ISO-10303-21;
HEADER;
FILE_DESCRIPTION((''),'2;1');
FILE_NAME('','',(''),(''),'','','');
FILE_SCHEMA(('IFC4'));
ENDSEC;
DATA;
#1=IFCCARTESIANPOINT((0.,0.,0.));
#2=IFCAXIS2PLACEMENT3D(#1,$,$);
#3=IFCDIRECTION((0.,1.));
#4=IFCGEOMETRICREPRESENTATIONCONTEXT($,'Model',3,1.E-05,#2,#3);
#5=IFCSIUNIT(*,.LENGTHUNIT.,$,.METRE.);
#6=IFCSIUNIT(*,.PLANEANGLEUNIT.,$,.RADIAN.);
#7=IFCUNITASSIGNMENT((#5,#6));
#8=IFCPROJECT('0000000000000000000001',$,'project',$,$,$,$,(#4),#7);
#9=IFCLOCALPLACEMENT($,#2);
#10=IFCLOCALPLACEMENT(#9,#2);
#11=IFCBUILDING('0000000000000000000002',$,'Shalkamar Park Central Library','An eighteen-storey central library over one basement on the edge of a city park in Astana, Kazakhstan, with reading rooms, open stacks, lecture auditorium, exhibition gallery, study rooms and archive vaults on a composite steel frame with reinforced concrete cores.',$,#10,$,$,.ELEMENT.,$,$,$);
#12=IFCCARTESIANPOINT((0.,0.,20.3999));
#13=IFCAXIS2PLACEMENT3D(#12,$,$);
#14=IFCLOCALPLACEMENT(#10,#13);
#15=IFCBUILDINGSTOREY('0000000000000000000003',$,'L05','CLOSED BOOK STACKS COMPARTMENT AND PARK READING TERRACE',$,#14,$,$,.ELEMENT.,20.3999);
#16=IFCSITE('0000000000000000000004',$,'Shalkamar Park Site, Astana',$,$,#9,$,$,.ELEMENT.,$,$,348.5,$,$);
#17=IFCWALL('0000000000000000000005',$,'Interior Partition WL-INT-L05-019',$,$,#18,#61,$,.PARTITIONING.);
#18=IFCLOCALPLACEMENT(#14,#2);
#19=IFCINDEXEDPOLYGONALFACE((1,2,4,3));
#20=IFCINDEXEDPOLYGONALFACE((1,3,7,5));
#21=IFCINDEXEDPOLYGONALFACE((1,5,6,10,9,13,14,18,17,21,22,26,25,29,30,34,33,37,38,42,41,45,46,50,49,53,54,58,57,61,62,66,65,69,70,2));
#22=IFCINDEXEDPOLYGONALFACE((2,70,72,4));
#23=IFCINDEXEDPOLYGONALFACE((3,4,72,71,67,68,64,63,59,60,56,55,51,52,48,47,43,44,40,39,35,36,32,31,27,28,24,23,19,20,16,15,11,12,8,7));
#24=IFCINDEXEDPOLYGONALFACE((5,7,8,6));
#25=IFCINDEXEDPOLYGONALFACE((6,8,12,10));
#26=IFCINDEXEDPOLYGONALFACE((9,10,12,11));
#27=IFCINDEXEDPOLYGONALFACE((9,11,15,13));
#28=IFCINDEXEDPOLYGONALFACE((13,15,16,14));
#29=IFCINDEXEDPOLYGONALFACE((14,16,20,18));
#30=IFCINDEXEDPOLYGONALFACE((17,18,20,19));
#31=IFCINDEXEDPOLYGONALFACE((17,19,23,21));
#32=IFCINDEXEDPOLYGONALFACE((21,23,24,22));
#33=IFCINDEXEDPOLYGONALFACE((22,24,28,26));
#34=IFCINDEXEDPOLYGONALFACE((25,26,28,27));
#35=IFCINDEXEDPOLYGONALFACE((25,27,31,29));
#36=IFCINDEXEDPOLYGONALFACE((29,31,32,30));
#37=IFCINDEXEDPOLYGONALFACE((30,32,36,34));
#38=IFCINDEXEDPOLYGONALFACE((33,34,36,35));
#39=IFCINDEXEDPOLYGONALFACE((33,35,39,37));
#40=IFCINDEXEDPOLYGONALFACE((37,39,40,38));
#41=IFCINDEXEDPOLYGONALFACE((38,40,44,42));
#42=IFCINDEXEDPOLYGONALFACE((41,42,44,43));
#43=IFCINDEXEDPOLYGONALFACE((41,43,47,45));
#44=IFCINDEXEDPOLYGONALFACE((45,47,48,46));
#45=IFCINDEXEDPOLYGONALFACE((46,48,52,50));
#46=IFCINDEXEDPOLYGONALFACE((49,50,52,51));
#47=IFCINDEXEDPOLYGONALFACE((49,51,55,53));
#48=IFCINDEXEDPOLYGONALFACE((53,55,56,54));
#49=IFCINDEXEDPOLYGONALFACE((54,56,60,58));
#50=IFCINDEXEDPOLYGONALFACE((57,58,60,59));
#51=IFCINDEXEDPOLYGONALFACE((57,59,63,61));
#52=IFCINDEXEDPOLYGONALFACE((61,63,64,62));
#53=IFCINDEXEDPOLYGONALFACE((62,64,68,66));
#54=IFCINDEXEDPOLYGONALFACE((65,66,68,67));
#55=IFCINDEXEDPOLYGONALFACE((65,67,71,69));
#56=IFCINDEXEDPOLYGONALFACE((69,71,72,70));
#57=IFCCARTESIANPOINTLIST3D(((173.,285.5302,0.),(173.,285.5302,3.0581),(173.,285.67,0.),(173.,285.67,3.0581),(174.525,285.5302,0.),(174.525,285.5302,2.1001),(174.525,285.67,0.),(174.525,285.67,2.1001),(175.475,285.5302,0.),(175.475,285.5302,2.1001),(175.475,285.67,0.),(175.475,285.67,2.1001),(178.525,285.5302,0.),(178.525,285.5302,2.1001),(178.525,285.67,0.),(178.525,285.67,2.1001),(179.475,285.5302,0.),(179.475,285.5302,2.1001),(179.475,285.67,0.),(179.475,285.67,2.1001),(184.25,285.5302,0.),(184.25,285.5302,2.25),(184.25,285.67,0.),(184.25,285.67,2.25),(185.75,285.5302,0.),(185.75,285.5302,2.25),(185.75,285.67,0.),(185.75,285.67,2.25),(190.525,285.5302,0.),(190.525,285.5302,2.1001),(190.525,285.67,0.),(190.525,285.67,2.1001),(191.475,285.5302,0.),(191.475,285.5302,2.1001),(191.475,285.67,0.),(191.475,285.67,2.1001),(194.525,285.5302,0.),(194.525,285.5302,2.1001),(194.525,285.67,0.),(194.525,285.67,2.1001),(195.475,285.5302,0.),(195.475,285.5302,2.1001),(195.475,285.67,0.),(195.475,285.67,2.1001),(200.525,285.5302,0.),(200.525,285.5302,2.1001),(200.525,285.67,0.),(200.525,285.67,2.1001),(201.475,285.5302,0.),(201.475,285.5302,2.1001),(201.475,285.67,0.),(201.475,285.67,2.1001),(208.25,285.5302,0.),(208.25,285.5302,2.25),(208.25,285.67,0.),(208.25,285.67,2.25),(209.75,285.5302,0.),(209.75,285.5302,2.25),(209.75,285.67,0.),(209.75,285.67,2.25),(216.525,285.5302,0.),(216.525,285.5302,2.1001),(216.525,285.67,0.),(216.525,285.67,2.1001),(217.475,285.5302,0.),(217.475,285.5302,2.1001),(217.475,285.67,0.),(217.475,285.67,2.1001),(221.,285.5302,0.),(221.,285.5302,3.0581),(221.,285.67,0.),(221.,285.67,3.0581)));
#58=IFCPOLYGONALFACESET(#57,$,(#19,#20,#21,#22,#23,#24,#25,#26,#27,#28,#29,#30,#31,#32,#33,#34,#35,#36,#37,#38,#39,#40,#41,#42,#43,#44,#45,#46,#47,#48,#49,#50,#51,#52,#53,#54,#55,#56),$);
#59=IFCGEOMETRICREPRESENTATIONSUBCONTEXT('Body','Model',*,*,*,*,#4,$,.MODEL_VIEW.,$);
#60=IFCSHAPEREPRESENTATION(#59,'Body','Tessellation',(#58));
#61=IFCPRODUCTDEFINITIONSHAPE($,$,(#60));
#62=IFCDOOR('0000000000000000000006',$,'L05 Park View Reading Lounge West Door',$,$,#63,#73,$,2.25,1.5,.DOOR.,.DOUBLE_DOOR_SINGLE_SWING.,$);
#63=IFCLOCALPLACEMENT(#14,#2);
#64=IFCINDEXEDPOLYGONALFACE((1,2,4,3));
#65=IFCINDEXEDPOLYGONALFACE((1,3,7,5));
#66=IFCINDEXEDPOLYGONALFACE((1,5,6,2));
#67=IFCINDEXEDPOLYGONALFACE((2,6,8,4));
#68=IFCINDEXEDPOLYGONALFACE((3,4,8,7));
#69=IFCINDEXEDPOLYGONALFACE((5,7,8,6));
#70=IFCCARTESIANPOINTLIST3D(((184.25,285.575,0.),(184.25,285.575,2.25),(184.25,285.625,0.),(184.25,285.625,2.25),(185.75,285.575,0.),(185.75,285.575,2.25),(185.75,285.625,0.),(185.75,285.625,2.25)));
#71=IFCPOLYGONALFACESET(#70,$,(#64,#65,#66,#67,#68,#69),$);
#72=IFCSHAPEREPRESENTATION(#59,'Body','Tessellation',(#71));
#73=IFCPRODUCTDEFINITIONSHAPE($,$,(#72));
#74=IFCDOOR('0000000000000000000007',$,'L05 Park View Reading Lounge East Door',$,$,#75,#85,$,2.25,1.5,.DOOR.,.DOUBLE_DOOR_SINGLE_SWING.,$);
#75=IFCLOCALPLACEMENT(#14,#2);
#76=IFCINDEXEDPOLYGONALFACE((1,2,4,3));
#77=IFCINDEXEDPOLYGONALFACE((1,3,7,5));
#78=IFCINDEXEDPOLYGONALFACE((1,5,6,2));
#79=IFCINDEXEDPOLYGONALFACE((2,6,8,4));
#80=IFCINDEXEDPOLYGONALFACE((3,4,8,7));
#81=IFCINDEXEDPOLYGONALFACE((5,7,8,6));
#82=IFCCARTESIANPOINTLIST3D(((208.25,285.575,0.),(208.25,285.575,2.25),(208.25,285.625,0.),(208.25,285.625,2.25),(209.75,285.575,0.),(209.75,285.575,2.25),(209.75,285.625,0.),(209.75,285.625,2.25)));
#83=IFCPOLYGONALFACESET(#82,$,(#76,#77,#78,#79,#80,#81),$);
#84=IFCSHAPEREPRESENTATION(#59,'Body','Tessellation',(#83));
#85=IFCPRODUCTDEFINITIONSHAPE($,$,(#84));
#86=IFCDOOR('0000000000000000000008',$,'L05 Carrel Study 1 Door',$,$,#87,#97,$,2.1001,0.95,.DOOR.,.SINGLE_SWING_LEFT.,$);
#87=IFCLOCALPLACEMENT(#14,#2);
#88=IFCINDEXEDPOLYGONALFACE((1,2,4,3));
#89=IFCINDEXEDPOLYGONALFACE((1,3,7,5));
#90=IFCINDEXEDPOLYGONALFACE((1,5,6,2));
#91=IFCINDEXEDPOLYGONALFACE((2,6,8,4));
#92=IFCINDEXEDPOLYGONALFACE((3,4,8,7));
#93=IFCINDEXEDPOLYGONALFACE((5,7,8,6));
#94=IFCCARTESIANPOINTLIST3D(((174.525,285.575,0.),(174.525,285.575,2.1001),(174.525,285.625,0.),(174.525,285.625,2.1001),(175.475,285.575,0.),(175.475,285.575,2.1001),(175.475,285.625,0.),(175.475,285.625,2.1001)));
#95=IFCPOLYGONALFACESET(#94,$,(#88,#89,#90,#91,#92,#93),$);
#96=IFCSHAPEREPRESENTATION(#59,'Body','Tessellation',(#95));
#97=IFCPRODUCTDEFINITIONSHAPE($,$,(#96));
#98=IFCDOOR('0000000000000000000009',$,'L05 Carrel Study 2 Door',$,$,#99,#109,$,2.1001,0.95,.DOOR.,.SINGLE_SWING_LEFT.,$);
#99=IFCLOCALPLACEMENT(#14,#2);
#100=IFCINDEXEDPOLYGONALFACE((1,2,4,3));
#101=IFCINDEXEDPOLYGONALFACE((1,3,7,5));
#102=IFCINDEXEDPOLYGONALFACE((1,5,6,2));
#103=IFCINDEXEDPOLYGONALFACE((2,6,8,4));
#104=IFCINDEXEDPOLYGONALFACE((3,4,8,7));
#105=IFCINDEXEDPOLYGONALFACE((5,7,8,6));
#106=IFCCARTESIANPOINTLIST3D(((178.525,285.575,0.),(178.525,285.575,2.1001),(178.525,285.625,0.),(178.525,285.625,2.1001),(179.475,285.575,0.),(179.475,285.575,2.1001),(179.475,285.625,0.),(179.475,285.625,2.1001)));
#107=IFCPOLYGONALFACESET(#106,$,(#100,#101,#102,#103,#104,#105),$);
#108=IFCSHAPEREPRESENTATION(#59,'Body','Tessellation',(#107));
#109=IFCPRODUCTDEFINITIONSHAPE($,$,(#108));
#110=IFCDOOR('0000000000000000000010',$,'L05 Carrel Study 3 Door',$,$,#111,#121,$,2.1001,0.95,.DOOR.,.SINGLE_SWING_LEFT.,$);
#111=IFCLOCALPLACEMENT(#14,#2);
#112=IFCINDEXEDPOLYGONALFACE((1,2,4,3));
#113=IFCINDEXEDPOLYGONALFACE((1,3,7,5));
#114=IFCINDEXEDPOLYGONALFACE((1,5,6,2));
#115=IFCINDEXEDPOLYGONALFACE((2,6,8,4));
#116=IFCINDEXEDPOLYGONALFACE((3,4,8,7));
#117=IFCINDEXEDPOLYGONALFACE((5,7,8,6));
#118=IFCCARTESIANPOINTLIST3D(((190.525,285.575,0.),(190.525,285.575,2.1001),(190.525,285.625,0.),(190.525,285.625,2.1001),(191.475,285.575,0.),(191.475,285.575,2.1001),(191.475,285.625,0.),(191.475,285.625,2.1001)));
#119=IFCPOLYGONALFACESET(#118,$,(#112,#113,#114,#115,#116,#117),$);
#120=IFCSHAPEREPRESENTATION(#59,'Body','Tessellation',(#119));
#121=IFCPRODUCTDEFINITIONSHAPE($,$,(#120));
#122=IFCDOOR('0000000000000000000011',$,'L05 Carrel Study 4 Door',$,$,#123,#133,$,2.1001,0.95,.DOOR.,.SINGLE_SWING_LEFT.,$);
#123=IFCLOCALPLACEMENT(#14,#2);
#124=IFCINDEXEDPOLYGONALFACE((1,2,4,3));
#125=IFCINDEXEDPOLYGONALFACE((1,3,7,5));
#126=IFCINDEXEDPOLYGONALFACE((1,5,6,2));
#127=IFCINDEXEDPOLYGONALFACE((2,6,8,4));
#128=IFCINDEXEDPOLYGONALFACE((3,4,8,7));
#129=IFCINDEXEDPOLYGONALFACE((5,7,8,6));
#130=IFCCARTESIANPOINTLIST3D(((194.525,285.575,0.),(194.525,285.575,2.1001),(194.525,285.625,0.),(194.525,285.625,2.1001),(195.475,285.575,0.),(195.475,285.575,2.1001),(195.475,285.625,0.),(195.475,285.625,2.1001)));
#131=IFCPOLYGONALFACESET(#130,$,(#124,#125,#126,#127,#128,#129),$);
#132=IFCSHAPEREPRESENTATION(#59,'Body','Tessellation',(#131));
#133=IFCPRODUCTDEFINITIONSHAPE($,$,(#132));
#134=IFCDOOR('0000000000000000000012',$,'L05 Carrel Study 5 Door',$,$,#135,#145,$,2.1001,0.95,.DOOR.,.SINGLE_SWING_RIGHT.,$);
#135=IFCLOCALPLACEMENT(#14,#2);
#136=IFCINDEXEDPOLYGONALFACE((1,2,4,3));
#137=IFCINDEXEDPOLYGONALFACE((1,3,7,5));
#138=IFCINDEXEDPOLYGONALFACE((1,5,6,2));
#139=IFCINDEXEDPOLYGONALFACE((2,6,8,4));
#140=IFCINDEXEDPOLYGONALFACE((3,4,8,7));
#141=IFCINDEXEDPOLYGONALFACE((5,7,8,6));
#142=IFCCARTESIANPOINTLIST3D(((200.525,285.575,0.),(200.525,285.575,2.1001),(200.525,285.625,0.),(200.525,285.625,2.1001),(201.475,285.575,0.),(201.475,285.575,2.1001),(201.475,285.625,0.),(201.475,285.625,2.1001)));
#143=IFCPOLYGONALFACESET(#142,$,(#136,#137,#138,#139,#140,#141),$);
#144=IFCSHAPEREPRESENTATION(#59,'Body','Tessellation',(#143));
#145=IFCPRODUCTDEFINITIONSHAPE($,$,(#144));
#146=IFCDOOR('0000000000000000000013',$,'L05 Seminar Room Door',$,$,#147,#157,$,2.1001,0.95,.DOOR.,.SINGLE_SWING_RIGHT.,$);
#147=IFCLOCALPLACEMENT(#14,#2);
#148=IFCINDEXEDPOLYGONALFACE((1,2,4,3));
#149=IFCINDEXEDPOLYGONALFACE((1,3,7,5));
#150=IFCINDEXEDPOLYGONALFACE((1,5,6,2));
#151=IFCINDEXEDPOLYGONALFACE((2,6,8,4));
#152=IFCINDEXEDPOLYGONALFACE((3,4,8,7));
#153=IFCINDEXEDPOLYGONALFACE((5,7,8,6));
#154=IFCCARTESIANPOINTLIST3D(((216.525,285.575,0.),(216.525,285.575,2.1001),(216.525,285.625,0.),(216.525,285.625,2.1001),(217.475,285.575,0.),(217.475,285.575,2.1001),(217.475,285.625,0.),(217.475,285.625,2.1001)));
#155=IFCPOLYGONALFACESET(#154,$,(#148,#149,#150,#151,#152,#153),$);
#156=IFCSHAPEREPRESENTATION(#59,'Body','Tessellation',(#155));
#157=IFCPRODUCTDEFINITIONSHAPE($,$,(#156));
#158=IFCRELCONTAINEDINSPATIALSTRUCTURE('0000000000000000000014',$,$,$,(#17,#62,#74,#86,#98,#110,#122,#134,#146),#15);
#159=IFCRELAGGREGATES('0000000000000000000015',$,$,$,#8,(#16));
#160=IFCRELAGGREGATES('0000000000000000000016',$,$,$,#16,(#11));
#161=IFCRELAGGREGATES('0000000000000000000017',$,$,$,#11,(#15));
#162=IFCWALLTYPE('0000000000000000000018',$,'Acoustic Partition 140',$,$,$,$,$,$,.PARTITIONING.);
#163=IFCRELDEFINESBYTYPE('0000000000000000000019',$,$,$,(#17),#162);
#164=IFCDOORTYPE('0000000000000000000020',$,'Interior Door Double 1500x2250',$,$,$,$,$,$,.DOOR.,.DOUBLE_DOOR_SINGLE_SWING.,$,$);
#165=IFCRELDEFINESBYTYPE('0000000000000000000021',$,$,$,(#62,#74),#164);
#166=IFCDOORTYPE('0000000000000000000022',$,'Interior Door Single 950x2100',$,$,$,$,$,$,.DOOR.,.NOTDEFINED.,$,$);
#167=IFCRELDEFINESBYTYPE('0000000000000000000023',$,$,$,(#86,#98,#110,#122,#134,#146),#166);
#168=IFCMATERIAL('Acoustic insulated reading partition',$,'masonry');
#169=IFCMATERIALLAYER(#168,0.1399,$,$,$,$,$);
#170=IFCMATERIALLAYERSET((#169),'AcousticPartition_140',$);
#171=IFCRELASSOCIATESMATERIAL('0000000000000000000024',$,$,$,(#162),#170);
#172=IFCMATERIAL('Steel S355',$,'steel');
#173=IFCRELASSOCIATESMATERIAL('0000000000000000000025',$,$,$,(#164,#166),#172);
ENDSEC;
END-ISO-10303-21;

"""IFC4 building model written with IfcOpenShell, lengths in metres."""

from ifc_helpers import new_model, si_unit, direction, frame, frame_2d, origin, place, context, subcontext, project, spatial, rectangle, extrude, material, layer, layer_set, type_object, element, fill, save


model = new_model("IFC4")

# Units and contexts
model_context = context("Model", 3, precision=1e-05, world=origin(), true_north=direction((0.0, 1.0)))
body_context = subcontext(model_context, "Body", "Model", "MODEL_VIEW")
ifc_project = project(units=[si_unit("LENGTHUNIT", "METRE"), si_unit("PLANEANGLEUNIT", "RADIAN")], contexts=[model_context])

# Site, building, storey
site_placement = place(None, origin())
site = spatial("IfcSite", under=ifc_project, at=site_placement, Name="Shalkamar Park Site, Astana", CompositionType="ELEMENT", RefElevation=348.5)
building_placement = place(site_placement, origin())
building = spatial("IfcBuilding", under=site, at=building_placement, Name="Shalkamar Park Central Library", Description="An eighteen-storey central library over one basement on the edge of a city park in Astana, Kazakhstan, with reading rooms, open stacks, lecture auditorium, exhibition gallery, study rooms and archive vaults on a composite steel frame with reinforced concrete cores.", CompositionType="ELEMENT")
storey_placement = place(building_placement, frame((0.0, 0.0, 20.3999)))
storey = spatial("IfcBuildingStorey", under=building, at=storey_placement, Name="L05", Description="CLOSED BOOK STACKS COMPARTMENT AND PARK READING TERRACE", CompositionType="ELEMENT", Elevation=20.3999)

# Shared definitions
ifc_material_1 = material(Name="Steel S355", Category="steel")

# Wall, openings, doors
ifc_material_2 = material(Name="Acoustic insulated reading partition", Category="masonry")
ifc_layer_1 = layer(ifc_material_2, 0.1399)
ifc_layer_set_1 = layer_set([ifc_layer_1], Name="AcousticPartition_140")
wall_type_1 = type_object("IfcWallType", Name="Acoustic Partition 140", PredefinedType="PARTITIONING", material=ifc_layer_set_1)
wall_1_placement = place(storey_placement, frame((173.0, 285.6001, 0.0), z_axis=(0.0, 0.0, 1.0), x_axis=(1.0, 0.0, 0.0)))
wall_1 = element("IfcWall", 1, at=wall_1_placement, inside=storey, type_object=wall_type_1, Name="Interior Partition WL-INT-L05-019", PredefinedType="PARTITIONING", context=body_context, shape_type="SweptSolid", body=[
    extrude(rectangle(XDim=48.0, YDim=0.1399, at=frame_2d((24.0, 0.0))), origin(), (0.0, 0.0, 1.0), 3.0581),
])
opening_1_placement = place(wall_1_placement, frame((1.5249, 0.0, 0.0)))
opening_1 = element("IfcOpeningElement", 2, at=opening_1_placement, cuts=wall_1, PredefinedType="OPENING", context=body_context, shape_type="SweptSolid", body=[
    extrude(rectangle(XDim=0.95, YDim=2.1001, at=frame_2d((0.4751, 1.05))), frame((0.0, 0.085, 0.0), z_axis=(0.0, -1.0, 0.0), x_axis=(1.0, 0.0, 0.0)), (0.0, 0.0, 1.0), 0.1697),
])
opening_2_placement = place(wall_1_placement, frame((5.5249, 0.0, 0.0)))
opening_2 = element("IfcOpeningElement", 3, at=opening_2_placement, cuts=wall_1, PredefinedType="OPENING", context=body_context, shape_type="SweptSolid", body=[
    extrude(rectangle(XDim=0.95, YDim=2.1001, at=frame_2d((0.4751, 1.05))), frame((0.0, 0.085, 0.0), z_axis=(0.0, -1.0, 0.0), x_axis=(1.0, 0.0, 0.0)), (0.0, 0.0, 1.0), 0.1697),
])
opening_3_placement = place(wall_1_placement, frame((11.25, 0.0, 0.0)))
opening_3 = element("IfcOpeningElement", 4, at=opening_3_placement, cuts=wall_1, PredefinedType="OPENING", context=body_context, shape_type="SweptSolid", body=[
    extrude(rectangle(XDim=1.5, YDim=2.25, at=frame_2d((0.75, 1.125))), frame((0.0, 0.085, 0.0), z_axis=(0.0, -1.0, 0.0), x_axis=(1.0, 0.0, 0.0)), (0.0, 0.0, 1.0), 0.1697),
])
opening_4_placement = place(wall_1_placement, frame((17.5249, 0.0, 0.0)))
opening_4 = element("IfcOpeningElement", 5, at=opening_4_placement, cuts=wall_1, PredefinedType="OPENING", context=body_context, shape_type="SweptSolid", body=[
    extrude(rectangle(XDim=0.95, YDim=2.1001, at=frame_2d((0.4751, 1.05))), frame((0.0, 0.085, 0.0), z_axis=(0.0, -1.0, 0.0), x_axis=(1.0, 0.0, 0.0)), (0.0, 0.0, 1.0), 0.1697),
])
opening_5_placement = place(wall_1_placement, frame((21.5249, 0.0, 0.0)))
opening_5 = element("IfcOpeningElement", 6, at=opening_5_placement, cuts=wall_1, PredefinedType="OPENING", context=body_context, shape_type="SweptSolid", body=[
    extrude(rectangle(XDim=0.95, YDim=2.1001, at=frame_2d((0.4751, 1.05))), frame((0.0, 0.085, 0.0), z_axis=(0.0, -1.0, 0.0), x_axis=(1.0, 0.0, 0.0)), (0.0, 0.0, 1.0), 0.1697),
])
opening_6_placement = place(wall_1_placement, frame((27.5249, 0.0, 0.0)))
opening_6 = element("IfcOpeningElement", 7, at=opening_6_placement, cuts=wall_1, PredefinedType="OPENING", context=body_context, shape_type="SweptSolid", body=[
    extrude(rectangle(XDim=0.95, YDim=2.1001, at=frame_2d((0.4751, 1.05))), frame((0.0, 0.085, 0.0), z_axis=(0.0, -1.0, 0.0), x_axis=(1.0, 0.0, 0.0)), (0.0, 0.0, 1.0), 0.1697),
])
opening_7_placement = place(wall_1_placement, frame((35.25, 0.0, 0.0)))
opening_7 = element("IfcOpeningElement", 8, at=opening_7_placement, cuts=wall_1, PredefinedType="OPENING", context=body_context, shape_type="SweptSolid", body=[
    extrude(rectangle(XDim=1.5, YDim=2.25, at=frame_2d((0.75, 1.125))), frame((0.0, 0.085, 0.0), z_axis=(0.0, -1.0, 0.0), x_axis=(1.0, 0.0, 0.0)), (0.0, 0.0, 1.0), 0.1697),
])
opening_8_placement = place(wall_1_placement, frame((43.5249, 0.0, 0.0)))
opening_8 = element("IfcOpeningElement", 9, at=opening_8_placement, cuts=wall_1, PredefinedType="OPENING", context=body_context, shape_type="SweptSolid", body=[
    extrude(rectangle(XDim=0.95, YDim=2.1001, at=frame_2d((0.4751, 1.05))), frame((0.0, 0.085, 0.0), z_axis=(0.0, -1.0, 0.0), x_axis=(1.0, 0.0, 0.0)), (0.0, 0.0, 1.0), 0.1697),
])
door_type_1 = type_object("IfcDoorType", Name="Interior Door Double 1500x2250", OperationType="DOUBLE_DOOR_SINGLE_SWING", PredefinedType="DOOR", material=ifc_material_1)
door_1_placement = place(opening_3_placement, origin())
door_1 = element("IfcDoor", 10, at=door_1_placement, inside=storey, type_object=door_type_1, Name="L05 Park View Reading Lounge West Door", OperationType="DOUBLE_DOOR_SINGLE_SWING", OverallHeight=2.25, OverallWidth=1.5, PredefinedType="DOOR", context=body_context, shape_type="SweptSolid", body=[
    extrude(rectangle(XDim=1.5, YDim=2.25, at=frame_2d((0.75, 1.125))), frame((0.0, 0.0249, 0.0), z_axis=(0.0, -1.0, 0.0), x_axis=(1.0, 0.0, 0.0)), (0.0, 0.0, 1.0), 0.05),
])
fill(opening_3, door_1)
door_2_placement = place(opening_7_placement, origin())
door_2 = element("IfcDoor", 11, at=door_2_placement, inside=storey, type_object=door_type_1, Name="L05 Park View Reading Lounge East Door", OperationType="DOUBLE_DOOR_SINGLE_SWING", OverallHeight=2.25, OverallWidth=1.5, PredefinedType="DOOR", context=body_context, shape_type="SweptSolid", body=[
    extrude(rectangle(XDim=1.5, YDim=2.25, at=frame_2d((0.75, 1.125))), frame((0.0, 0.0249, 0.0), z_axis=(0.0, -1.0, 0.0), x_axis=(1.0, 0.0, 0.0)), (0.0, 0.0, 1.0), 0.05),
])
fill(opening_7, door_2)
door_type_2 = type_object("IfcDoorType", Name="Interior Door Single 950x2100", OperationType="NOTDEFINED", PredefinedType="DOOR", material=ifc_material_1)
door_3_placement = place(opening_1_placement, origin())
door_3 = element("IfcDoor", 12, at=door_3_placement, inside=storey, type_object=door_type_2, Name="L05 Carrel Study 1 Door", OperationType="SINGLE_SWING_LEFT", OverallHeight=2.1001, OverallWidth=0.95, PredefinedType="DOOR", context=body_context, shape_type="SweptSolid", body=[
    extrude(rectangle(XDim=0.95, YDim=2.1001, at=frame_2d((0.4751, 1.05))), frame((0.0, 0.0249, 0.0), z_axis=(0.0, -1.0, 0.0), x_axis=(1.0, 0.0, 0.0)), (0.0, 0.0, 1.0), 0.05),
])
fill(opening_1, door_3)
door_4_placement = place(opening_2_placement, origin())
door_4 = element("IfcDoor", 13, at=door_4_placement, inside=storey, type_object=door_type_2, Name="L05 Carrel Study 2 Door", OperationType="SINGLE_SWING_LEFT", OverallHeight=2.1001, OverallWidth=0.95, PredefinedType="DOOR", context=body_context, shape_type="SweptSolid", body=[
    extrude(rectangle(XDim=0.95, YDim=2.1001, at=frame_2d((0.4751, 1.05))), frame((0.0, 0.0249, 0.0), z_axis=(0.0, -1.0, 0.0), x_axis=(1.0, 0.0, 0.0)), (0.0, 0.0, 1.0), 0.05),
])
fill(opening_2, door_4)
door_5_placement = place(opening_4_placement, origin())
door_5 = element("IfcDoor", 14, at=door_5_placement, inside=storey, type_object=door_type_2, Name="L05 Carrel Study 3 Door", OperationType="SINGLE_SWING_LEFT", OverallHeight=2.1001, OverallWidth=0.95, PredefinedType="DOOR", context=body_context, shape_type="SweptSolid", body=[
    extrude(rectangle(XDim=0.95, YDim=2.1001, at=frame_2d((0.4751, 1.05))), frame((0.0, 0.0249, 0.0), z_axis=(0.0, -1.0, 0.0), x_axis=(1.0, 0.0, 0.0)), (0.0, 0.0, 1.0), 0.05),
])
fill(opening_4, door_5)
door_6_placement = place(opening_5_placement, origin())
door_6 = element("IfcDoor", 15, at=door_6_placement, inside=storey, type_object=door_type_2, Name="L05 Carrel Study 4 Door", OperationType="SINGLE_SWING_LEFT", OverallHeight=2.1001, OverallWidth=0.95, PredefinedType="DOOR", context=body_context, shape_type="SweptSolid", body=[
    extrude(rectangle(XDim=0.95, YDim=2.1001, at=frame_2d((0.4751, 1.05))), frame((0.0, 0.0249, 0.0), z_axis=(0.0, -1.0, 0.0), x_axis=(1.0, 0.0, 0.0)), (0.0, 0.0, 1.0), 0.05),
])
fill(opening_5, door_6)
door_7_placement = place(opening_6_placement, origin())
door_7 = element("IfcDoor", 16, at=door_7_placement, inside=storey, type_object=door_type_2, Name="L05 Carrel Study 5 Door", OperationType="SINGLE_SWING_RIGHT", OverallHeight=2.1001, OverallWidth=0.95, PredefinedType="DOOR", context=body_context, shape_type="SweptSolid", body=[
    extrude(rectangle(XDim=0.95, YDim=2.1001, at=frame_2d((0.4751, 1.05))), frame((0.0, 0.0249, 0.0), z_axis=(0.0, -1.0, 0.0), x_axis=(1.0, 0.0, 0.0)), (0.0, 0.0, 1.0), 0.05),
])
fill(opening_6, door_7)
door_8_placement = place(opening_8_placement, origin())
door_8 = element("IfcDoor", 17, at=door_8_placement, inside=storey, type_object=door_type_2, Name="L05 Seminar Room Door", OperationType="SINGLE_SWING_RIGHT", OverallHeight=2.1001, OverallWidth=0.95, PredefinedType="DOOR", context=body_context, shape_type="SweptSolid", body=[
    extrude(rectangle(XDim=0.95, YDim=2.1001, at=frame_2d((0.4751, 1.05))), frame((0.0, 0.0249, 0.0), z_axis=(0.0, -1.0, 0.0), x_axis=(1.0, 0.0, 0.0)), (0.0, 0.0, 1.0), 0.05),
])
fill(opening_8, door_8)

save(model, "model.ifc")
